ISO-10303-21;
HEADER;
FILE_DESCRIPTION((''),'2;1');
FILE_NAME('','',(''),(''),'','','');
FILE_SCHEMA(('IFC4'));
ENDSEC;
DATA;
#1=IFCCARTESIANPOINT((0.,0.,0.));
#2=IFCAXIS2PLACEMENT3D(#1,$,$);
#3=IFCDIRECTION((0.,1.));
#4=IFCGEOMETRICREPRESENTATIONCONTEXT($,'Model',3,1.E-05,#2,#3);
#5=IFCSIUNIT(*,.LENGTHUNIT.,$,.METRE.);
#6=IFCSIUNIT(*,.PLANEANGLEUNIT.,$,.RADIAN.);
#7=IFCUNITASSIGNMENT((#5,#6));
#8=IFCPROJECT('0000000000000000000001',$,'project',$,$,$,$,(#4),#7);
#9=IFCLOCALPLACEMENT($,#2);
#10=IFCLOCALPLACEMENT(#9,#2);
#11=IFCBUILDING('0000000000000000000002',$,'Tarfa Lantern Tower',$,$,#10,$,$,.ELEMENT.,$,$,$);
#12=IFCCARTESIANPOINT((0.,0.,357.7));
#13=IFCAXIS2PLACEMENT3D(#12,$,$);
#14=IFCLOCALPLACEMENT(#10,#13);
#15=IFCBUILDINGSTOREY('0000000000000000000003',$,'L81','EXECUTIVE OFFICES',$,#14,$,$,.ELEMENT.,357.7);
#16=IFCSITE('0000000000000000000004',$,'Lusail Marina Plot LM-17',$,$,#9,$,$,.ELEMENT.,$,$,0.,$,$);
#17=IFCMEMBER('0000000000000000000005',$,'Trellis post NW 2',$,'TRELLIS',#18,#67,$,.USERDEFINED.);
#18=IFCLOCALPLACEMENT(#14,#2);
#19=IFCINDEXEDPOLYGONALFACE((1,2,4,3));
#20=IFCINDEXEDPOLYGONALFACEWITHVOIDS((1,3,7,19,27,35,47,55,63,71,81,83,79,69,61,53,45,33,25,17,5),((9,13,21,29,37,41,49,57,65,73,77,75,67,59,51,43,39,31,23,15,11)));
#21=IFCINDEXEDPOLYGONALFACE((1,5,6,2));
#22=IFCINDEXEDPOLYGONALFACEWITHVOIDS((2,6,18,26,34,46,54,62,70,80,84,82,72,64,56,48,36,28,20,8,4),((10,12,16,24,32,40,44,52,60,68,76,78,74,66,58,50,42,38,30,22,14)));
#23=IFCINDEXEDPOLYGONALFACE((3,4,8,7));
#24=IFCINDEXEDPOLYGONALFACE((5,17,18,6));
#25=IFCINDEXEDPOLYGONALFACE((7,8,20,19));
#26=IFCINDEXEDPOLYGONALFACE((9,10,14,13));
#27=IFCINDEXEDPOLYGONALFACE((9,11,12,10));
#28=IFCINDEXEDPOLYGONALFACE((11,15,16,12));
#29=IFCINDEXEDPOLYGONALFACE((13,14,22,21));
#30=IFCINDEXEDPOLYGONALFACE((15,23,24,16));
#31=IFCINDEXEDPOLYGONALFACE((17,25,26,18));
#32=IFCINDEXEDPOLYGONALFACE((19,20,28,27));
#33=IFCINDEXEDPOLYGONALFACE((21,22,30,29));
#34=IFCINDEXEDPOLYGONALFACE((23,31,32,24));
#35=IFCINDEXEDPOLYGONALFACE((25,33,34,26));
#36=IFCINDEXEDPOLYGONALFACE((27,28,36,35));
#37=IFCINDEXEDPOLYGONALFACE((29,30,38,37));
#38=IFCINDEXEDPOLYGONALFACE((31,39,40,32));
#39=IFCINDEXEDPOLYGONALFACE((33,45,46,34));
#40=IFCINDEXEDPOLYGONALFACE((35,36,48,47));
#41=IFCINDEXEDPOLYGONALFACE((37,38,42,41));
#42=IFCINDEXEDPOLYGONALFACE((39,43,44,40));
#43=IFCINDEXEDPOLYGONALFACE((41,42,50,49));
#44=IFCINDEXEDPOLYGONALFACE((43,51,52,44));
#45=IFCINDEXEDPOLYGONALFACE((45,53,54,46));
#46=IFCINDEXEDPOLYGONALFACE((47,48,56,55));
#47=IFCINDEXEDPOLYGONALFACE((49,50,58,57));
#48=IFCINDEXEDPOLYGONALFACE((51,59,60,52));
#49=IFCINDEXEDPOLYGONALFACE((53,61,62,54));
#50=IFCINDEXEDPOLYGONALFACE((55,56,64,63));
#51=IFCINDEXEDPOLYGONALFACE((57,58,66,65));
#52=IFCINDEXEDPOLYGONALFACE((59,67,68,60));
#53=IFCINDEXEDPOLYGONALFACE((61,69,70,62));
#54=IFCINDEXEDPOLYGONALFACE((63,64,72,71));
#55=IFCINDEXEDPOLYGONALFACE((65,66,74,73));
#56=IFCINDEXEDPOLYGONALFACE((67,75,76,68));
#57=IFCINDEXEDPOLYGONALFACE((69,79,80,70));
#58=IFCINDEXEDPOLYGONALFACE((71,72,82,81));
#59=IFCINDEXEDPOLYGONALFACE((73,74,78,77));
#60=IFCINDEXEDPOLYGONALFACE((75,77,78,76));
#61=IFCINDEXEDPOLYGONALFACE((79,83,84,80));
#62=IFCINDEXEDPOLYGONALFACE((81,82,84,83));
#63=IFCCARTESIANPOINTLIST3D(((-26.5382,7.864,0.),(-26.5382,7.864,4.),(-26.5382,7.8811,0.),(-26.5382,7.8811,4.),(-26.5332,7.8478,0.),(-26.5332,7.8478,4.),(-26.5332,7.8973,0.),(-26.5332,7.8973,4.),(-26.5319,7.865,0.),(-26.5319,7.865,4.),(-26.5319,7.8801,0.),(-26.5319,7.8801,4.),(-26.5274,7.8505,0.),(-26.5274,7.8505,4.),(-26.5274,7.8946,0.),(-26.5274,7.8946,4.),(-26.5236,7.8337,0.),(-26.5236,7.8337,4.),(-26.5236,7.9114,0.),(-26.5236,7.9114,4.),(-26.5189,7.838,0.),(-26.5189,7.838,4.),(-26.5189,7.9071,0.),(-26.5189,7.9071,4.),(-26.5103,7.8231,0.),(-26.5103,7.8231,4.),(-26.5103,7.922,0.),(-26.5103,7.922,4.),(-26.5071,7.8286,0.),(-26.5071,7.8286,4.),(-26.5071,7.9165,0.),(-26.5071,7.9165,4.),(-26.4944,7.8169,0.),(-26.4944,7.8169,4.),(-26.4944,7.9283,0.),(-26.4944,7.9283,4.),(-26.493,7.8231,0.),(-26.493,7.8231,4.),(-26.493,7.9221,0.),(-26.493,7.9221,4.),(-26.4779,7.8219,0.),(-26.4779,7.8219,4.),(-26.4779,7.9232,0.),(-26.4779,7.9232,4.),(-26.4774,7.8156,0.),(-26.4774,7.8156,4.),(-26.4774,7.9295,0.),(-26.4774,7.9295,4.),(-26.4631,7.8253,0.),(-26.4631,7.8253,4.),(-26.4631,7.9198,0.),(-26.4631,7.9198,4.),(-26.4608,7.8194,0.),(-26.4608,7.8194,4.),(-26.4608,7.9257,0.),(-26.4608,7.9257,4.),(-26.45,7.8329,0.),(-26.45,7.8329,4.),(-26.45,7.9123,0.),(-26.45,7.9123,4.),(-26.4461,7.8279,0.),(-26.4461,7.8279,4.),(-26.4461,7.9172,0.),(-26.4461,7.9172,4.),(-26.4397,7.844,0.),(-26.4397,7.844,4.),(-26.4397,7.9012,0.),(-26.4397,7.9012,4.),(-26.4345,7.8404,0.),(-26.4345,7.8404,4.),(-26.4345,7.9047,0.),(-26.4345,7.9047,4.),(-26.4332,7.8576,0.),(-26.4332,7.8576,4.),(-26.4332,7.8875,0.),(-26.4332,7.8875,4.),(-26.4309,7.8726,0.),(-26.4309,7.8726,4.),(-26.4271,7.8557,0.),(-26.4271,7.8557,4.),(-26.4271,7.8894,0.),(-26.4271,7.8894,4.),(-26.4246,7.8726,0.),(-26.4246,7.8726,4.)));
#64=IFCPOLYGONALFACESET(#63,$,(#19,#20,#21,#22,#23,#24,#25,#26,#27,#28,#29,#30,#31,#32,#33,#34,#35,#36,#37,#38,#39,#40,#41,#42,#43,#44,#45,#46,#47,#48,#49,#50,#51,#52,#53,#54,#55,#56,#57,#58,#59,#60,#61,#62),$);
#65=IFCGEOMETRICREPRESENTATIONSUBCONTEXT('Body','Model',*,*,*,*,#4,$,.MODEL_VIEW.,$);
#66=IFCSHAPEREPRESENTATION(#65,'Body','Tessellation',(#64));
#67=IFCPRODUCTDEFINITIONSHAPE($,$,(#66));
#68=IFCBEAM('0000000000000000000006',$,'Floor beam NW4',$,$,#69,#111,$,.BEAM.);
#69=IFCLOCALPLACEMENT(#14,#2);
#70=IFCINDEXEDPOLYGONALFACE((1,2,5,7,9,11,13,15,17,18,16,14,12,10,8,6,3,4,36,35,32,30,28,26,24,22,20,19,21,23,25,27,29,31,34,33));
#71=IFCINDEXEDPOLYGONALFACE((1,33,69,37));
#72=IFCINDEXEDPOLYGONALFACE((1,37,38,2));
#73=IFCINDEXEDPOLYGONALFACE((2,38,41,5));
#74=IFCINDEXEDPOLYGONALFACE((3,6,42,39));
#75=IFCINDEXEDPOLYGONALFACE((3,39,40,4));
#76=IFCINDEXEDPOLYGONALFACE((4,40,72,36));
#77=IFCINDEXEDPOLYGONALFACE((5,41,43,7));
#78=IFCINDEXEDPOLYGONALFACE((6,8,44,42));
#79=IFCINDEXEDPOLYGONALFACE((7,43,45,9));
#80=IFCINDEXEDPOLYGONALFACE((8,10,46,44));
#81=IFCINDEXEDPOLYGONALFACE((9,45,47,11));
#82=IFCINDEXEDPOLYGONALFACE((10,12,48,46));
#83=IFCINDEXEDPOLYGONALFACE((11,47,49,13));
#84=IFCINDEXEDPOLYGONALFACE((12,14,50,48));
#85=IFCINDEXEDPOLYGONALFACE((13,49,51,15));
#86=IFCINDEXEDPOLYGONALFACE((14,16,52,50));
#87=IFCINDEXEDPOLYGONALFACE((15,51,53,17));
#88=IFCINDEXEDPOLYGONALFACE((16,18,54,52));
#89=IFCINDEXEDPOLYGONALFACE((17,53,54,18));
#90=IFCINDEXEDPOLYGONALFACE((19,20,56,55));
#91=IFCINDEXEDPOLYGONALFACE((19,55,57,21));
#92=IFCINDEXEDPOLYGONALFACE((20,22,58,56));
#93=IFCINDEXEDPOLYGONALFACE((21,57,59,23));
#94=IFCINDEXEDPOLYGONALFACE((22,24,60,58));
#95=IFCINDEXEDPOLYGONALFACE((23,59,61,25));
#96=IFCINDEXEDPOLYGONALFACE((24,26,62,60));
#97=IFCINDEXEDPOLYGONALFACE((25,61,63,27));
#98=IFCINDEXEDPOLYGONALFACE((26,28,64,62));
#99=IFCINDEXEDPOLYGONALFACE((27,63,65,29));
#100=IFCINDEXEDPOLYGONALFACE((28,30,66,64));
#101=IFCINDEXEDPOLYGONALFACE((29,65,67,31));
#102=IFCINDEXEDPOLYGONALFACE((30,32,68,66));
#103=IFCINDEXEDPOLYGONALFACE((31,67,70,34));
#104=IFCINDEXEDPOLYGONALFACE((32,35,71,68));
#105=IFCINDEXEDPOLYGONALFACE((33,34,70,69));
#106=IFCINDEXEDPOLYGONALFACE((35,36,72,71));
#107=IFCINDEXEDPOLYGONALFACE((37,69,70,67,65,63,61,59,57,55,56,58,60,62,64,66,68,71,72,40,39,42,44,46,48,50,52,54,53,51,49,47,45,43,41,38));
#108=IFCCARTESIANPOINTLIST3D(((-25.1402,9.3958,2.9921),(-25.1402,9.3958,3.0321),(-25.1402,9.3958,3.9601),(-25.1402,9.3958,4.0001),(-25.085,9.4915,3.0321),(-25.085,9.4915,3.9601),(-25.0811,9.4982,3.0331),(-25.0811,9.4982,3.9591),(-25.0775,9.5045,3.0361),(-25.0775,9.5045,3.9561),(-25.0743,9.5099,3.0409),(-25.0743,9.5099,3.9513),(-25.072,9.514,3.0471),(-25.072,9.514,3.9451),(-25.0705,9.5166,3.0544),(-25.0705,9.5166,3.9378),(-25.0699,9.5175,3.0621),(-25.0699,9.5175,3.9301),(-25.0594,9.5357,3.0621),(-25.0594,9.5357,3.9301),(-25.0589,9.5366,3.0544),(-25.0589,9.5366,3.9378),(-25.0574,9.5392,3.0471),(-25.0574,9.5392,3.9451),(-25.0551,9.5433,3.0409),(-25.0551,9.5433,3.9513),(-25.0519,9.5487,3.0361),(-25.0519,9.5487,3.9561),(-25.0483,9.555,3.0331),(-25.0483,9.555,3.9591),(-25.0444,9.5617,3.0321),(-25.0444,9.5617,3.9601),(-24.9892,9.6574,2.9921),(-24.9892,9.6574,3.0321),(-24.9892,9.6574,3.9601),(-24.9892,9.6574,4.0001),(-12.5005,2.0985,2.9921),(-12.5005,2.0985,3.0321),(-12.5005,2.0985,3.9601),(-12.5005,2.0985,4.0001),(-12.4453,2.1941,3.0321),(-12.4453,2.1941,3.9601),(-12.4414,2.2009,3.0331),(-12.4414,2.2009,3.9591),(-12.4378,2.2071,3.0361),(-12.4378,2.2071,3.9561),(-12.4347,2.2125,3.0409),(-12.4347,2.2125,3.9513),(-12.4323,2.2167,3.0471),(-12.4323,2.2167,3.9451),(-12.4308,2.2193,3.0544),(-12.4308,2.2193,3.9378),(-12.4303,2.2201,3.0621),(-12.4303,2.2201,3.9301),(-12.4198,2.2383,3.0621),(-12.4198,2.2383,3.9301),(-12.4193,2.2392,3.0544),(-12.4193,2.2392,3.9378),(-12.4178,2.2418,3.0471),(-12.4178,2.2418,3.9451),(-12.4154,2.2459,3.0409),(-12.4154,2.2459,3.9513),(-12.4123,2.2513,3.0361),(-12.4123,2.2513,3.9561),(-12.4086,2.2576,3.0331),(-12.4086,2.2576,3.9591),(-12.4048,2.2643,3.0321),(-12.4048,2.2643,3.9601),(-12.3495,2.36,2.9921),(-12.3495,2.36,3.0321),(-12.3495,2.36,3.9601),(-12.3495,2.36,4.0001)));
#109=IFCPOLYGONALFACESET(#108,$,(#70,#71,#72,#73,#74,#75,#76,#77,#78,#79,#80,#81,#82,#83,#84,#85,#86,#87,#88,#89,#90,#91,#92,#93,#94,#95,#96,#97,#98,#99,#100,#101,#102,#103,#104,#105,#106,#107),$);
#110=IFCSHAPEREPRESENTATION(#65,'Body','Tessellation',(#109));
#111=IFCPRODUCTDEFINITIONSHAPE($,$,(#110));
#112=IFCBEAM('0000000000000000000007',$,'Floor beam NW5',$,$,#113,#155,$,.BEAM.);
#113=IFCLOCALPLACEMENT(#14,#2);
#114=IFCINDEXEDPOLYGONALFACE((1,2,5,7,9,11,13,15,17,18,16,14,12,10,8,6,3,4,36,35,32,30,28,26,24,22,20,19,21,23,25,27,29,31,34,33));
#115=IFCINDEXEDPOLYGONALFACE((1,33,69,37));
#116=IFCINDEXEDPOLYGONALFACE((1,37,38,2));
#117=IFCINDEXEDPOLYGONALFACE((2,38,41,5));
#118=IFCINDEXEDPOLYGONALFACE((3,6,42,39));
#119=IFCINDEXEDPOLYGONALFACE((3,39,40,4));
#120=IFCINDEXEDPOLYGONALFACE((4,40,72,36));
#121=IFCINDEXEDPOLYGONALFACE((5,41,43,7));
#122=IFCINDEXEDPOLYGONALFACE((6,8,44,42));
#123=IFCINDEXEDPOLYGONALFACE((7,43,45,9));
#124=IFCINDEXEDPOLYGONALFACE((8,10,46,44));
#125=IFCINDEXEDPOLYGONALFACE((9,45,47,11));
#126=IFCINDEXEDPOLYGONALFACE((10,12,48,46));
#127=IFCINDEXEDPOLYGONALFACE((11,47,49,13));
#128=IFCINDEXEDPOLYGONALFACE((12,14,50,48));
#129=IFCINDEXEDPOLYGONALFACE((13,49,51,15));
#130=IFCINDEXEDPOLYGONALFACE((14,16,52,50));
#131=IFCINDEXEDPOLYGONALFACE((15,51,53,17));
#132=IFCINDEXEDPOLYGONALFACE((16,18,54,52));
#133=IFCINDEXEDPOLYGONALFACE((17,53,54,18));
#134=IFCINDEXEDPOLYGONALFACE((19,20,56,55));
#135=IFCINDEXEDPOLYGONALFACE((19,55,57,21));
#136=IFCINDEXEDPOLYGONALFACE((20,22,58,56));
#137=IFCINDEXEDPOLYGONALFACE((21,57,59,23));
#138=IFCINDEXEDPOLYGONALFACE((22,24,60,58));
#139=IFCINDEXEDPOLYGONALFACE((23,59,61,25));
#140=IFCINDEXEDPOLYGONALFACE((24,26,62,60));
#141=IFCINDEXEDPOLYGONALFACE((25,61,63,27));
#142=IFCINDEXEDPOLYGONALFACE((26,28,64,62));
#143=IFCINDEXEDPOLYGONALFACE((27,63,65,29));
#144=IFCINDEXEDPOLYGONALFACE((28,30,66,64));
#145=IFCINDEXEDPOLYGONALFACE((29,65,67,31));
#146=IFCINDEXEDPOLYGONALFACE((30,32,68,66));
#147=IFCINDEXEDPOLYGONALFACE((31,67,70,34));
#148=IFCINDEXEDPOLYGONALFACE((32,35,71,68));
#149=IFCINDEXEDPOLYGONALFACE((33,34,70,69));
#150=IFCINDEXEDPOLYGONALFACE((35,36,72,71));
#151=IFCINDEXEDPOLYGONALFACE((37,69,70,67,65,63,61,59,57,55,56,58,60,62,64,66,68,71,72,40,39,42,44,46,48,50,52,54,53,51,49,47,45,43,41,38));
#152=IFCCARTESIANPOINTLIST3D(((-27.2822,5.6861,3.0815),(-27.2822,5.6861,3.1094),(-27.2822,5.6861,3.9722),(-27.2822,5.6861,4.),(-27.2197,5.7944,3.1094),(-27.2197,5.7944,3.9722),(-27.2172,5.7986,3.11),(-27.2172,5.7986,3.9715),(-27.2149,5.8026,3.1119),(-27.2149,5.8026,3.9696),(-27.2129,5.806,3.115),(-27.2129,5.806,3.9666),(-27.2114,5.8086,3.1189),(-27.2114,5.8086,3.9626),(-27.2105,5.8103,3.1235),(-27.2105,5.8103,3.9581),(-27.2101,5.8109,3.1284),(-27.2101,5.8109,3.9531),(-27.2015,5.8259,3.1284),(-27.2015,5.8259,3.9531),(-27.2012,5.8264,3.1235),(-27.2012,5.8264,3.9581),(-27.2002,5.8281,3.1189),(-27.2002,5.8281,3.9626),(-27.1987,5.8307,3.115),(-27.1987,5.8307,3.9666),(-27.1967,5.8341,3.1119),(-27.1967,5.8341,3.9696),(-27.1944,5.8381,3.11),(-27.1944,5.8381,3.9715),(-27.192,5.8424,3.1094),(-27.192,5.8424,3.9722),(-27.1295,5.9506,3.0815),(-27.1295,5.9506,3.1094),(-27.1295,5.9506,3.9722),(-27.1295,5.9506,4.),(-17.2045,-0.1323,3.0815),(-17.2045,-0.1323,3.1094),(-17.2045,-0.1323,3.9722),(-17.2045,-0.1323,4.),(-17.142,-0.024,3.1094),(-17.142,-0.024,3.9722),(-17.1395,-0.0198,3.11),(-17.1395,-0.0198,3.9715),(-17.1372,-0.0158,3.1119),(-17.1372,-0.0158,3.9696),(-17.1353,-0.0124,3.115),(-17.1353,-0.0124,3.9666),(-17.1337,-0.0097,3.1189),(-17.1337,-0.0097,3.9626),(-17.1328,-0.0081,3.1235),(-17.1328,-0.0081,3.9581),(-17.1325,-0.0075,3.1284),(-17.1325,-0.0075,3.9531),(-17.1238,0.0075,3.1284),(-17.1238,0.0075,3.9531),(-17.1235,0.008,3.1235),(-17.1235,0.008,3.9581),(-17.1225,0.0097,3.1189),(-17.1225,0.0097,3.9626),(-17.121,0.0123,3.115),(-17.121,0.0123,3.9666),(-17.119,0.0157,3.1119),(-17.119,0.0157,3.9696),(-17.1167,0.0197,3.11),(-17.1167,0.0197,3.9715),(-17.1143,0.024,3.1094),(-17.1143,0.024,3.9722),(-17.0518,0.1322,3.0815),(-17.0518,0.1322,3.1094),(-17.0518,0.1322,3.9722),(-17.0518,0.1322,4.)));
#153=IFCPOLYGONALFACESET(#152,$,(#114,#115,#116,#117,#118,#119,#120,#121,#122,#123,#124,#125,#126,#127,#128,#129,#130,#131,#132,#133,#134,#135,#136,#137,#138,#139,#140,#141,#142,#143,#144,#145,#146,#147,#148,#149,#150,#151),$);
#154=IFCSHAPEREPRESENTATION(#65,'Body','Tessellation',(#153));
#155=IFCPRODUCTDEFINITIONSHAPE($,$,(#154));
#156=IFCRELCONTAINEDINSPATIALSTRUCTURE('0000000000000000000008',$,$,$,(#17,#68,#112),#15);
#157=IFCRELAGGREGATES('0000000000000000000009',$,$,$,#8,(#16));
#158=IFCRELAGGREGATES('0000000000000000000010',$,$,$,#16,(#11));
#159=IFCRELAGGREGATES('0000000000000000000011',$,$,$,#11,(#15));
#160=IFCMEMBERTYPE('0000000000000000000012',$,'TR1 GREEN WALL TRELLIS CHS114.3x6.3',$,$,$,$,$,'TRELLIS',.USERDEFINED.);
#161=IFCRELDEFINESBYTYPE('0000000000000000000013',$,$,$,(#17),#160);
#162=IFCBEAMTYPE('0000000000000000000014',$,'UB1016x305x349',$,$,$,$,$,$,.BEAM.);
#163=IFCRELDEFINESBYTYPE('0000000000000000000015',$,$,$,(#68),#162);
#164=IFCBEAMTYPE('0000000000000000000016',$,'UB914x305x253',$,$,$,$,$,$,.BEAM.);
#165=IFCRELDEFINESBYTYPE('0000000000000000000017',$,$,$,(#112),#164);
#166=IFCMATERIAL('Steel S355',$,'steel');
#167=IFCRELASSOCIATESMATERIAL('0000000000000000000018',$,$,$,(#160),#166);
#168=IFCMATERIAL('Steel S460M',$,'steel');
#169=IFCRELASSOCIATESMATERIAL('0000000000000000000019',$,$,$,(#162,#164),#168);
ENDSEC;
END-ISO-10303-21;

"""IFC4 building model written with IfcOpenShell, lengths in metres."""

from ifc_helpers import new_model, si_unit, direction, frame, origin, origin_2d, place, context, subcontext, project, spatial, hollow_circle, i_section, extrude, material, material_profile, profile_set, type_object, element, save


model = new_model("IFC4")

# Units and contexts
model_context = context("Model", 3, precision=1e-05, world=origin(), true_north=direction((0.0, 1.0)))
body_context = subcontext(model_context, "Body", "Model", "MODEL_VIEW")
ifc_project = project(units=[si_unit("LENGTHUNIT", "METRE"), si_unit("PLANEANGLEUNIT", "RADIAN")], contexts=[model_context])

# Site, building, storey
site_placement = place(None, origin())
site = spatial("IfcSite", under=ifc_project, at=site_placement, Name="Lusail Marina Plot LM-17", CompositionType="ELEMENT", RefElevation=0.0)
building_placement = place(site_placement, origin())
building = spatial("IfcBuilding", under=site, at=building_placement, Name="Tarfa Lantern Tower", CompositionType="ELEMENT")
storey_placement = place(building_placement, frame((0.0, 0.0, 357.7)))
storey = spatial("IfcBuildingStorey", under=building, at=storey_placement, Name="L81", Description="EXECUTIVE OFFICES", CompositionType="ELEMENT", Elevation=357.7)

# Member
ifc_material_1 = material(Name="Steel S355", Category="steel")
ifc_material_profile_1 = material_profile(ifc_material_1, hollow_circle(Radius=0.0571, WallThickness=0.0063, at=origin_2d()), Name="CHS114.3x6.3")
ifc_profile_set_1 = profile_set([ifc_material_profile_1], Name="Steel S355")
member_type_1 = type_object("IfcMemberType", Name="TR1 GREEN WALL TRELLIS CHS114.3x6.3", ElementType="TRELLIS", PredefinedType="USERDEFINED", material=ifc_profile_set_1)
member_1_placement = place(storey_placement, frame((-26.4817, 7.8726, 0.0), z_axis=(0.0, 0.0, 1.0), x_axis=(1.0, 0.0, 0.0)))
element("IfcMember", 1, at=member_1_placement, inside=storey, type_object=member_type_1, Name="Trellis post NW 2", ObjectType="TRELLIS", PredefinedType="USERDEFINED", context=body_context, shape_type="SweptSolid", body=[
    extrude(hollow_circle(Radius=0.0571, WallThickness=0.0063, at=origin_2d()), origin(), (0.0, 0.0, 1.0), 4.0),
])

# Beams
ifc_material_2 = material(Name="Steel S460M", Category="steel")
ifc_material_profile_2 = material_profile(ifc_material_2, i_section(OverallWidth=0.302, OverallDepth=1.0081, WebThickness=0.021, FlangeThickness=0.04, FilletRadius=0.03, at=origin_2d()), Name="UB1016x305x349")
ifc_profile_set_2 = profile_set([ifc_material_profile_2], Name="Steel S460M")
beam_type_1 = type_object("IfcBeamType", Name="UB1016x305x349", PredefinedType="BEAM", material=ifc_profile_set_2)
beam_1_placement = place(storey_placement, frame((-25.0647, 9.5266, 3.4961), z_axis=(0.86603, -0.499993, 0.0), x_axis=(0.499993, 0.86603, 0.0)))
element("IfcBeam", 2, at=beam_1_placement, inside=storey, type_object=beam_type_1, Name="Floor beam NW4", PredefinedType="BEAM", context=body_context, shape_type="SweptSolid", body=[
    extrude(i_section(OverallWidth=0.302, OverallDepth=1.0081, WebThickness=0.021, FlangeThickness=0.04, FilletRadius=0.03, at=origin_2d()), origin(), (0.0, 0.0, 1.0), 14.595),
])
ifc_material_profile_3 = material_profile(ifc_material_2, i_section(OverallWidth=0.3054, OverallDepth=0.9185, WebThickness=0.0173, FlangeThickness=0.0278, FilletRadius=0.019, at=origin_2d()), Name="UB914x305x253")
ifc_profile_set_3 = profile_set([ifc_material_profile_3], Name="Steel S460M")
beam_type_2 = type_object("IfcBeamType", Name="UB914x305x253", PredefinedType="BEAM", material=ifc_profile_set_3)
beam_2_placement = place(storey_placement, frame((-27.2058, 5.8184, 3.5408), z_axis=(0.866024, -0.500002, 0.0), x_axis=(0.500002, 0.866024, 0.0)))
element("IfcBeam", 3, at=beam_2_placement, inside=storey, type_object=beam_type_2, Name="Floor beam NW5", PredefinedType="BEAM", context=body_context, shape_type="SweptSolid", body=[
    extrude(i_section(OverallWidth=0.3054, OverallDepth=0.9185, WebThickness=0.0173, FlangeThickness=0.0278, FilletRadius=0.019, at=origin_2d()), origin(), (0.0, 0.0, 1.0), 11.6367),
])

save(model, "model.ifc")
